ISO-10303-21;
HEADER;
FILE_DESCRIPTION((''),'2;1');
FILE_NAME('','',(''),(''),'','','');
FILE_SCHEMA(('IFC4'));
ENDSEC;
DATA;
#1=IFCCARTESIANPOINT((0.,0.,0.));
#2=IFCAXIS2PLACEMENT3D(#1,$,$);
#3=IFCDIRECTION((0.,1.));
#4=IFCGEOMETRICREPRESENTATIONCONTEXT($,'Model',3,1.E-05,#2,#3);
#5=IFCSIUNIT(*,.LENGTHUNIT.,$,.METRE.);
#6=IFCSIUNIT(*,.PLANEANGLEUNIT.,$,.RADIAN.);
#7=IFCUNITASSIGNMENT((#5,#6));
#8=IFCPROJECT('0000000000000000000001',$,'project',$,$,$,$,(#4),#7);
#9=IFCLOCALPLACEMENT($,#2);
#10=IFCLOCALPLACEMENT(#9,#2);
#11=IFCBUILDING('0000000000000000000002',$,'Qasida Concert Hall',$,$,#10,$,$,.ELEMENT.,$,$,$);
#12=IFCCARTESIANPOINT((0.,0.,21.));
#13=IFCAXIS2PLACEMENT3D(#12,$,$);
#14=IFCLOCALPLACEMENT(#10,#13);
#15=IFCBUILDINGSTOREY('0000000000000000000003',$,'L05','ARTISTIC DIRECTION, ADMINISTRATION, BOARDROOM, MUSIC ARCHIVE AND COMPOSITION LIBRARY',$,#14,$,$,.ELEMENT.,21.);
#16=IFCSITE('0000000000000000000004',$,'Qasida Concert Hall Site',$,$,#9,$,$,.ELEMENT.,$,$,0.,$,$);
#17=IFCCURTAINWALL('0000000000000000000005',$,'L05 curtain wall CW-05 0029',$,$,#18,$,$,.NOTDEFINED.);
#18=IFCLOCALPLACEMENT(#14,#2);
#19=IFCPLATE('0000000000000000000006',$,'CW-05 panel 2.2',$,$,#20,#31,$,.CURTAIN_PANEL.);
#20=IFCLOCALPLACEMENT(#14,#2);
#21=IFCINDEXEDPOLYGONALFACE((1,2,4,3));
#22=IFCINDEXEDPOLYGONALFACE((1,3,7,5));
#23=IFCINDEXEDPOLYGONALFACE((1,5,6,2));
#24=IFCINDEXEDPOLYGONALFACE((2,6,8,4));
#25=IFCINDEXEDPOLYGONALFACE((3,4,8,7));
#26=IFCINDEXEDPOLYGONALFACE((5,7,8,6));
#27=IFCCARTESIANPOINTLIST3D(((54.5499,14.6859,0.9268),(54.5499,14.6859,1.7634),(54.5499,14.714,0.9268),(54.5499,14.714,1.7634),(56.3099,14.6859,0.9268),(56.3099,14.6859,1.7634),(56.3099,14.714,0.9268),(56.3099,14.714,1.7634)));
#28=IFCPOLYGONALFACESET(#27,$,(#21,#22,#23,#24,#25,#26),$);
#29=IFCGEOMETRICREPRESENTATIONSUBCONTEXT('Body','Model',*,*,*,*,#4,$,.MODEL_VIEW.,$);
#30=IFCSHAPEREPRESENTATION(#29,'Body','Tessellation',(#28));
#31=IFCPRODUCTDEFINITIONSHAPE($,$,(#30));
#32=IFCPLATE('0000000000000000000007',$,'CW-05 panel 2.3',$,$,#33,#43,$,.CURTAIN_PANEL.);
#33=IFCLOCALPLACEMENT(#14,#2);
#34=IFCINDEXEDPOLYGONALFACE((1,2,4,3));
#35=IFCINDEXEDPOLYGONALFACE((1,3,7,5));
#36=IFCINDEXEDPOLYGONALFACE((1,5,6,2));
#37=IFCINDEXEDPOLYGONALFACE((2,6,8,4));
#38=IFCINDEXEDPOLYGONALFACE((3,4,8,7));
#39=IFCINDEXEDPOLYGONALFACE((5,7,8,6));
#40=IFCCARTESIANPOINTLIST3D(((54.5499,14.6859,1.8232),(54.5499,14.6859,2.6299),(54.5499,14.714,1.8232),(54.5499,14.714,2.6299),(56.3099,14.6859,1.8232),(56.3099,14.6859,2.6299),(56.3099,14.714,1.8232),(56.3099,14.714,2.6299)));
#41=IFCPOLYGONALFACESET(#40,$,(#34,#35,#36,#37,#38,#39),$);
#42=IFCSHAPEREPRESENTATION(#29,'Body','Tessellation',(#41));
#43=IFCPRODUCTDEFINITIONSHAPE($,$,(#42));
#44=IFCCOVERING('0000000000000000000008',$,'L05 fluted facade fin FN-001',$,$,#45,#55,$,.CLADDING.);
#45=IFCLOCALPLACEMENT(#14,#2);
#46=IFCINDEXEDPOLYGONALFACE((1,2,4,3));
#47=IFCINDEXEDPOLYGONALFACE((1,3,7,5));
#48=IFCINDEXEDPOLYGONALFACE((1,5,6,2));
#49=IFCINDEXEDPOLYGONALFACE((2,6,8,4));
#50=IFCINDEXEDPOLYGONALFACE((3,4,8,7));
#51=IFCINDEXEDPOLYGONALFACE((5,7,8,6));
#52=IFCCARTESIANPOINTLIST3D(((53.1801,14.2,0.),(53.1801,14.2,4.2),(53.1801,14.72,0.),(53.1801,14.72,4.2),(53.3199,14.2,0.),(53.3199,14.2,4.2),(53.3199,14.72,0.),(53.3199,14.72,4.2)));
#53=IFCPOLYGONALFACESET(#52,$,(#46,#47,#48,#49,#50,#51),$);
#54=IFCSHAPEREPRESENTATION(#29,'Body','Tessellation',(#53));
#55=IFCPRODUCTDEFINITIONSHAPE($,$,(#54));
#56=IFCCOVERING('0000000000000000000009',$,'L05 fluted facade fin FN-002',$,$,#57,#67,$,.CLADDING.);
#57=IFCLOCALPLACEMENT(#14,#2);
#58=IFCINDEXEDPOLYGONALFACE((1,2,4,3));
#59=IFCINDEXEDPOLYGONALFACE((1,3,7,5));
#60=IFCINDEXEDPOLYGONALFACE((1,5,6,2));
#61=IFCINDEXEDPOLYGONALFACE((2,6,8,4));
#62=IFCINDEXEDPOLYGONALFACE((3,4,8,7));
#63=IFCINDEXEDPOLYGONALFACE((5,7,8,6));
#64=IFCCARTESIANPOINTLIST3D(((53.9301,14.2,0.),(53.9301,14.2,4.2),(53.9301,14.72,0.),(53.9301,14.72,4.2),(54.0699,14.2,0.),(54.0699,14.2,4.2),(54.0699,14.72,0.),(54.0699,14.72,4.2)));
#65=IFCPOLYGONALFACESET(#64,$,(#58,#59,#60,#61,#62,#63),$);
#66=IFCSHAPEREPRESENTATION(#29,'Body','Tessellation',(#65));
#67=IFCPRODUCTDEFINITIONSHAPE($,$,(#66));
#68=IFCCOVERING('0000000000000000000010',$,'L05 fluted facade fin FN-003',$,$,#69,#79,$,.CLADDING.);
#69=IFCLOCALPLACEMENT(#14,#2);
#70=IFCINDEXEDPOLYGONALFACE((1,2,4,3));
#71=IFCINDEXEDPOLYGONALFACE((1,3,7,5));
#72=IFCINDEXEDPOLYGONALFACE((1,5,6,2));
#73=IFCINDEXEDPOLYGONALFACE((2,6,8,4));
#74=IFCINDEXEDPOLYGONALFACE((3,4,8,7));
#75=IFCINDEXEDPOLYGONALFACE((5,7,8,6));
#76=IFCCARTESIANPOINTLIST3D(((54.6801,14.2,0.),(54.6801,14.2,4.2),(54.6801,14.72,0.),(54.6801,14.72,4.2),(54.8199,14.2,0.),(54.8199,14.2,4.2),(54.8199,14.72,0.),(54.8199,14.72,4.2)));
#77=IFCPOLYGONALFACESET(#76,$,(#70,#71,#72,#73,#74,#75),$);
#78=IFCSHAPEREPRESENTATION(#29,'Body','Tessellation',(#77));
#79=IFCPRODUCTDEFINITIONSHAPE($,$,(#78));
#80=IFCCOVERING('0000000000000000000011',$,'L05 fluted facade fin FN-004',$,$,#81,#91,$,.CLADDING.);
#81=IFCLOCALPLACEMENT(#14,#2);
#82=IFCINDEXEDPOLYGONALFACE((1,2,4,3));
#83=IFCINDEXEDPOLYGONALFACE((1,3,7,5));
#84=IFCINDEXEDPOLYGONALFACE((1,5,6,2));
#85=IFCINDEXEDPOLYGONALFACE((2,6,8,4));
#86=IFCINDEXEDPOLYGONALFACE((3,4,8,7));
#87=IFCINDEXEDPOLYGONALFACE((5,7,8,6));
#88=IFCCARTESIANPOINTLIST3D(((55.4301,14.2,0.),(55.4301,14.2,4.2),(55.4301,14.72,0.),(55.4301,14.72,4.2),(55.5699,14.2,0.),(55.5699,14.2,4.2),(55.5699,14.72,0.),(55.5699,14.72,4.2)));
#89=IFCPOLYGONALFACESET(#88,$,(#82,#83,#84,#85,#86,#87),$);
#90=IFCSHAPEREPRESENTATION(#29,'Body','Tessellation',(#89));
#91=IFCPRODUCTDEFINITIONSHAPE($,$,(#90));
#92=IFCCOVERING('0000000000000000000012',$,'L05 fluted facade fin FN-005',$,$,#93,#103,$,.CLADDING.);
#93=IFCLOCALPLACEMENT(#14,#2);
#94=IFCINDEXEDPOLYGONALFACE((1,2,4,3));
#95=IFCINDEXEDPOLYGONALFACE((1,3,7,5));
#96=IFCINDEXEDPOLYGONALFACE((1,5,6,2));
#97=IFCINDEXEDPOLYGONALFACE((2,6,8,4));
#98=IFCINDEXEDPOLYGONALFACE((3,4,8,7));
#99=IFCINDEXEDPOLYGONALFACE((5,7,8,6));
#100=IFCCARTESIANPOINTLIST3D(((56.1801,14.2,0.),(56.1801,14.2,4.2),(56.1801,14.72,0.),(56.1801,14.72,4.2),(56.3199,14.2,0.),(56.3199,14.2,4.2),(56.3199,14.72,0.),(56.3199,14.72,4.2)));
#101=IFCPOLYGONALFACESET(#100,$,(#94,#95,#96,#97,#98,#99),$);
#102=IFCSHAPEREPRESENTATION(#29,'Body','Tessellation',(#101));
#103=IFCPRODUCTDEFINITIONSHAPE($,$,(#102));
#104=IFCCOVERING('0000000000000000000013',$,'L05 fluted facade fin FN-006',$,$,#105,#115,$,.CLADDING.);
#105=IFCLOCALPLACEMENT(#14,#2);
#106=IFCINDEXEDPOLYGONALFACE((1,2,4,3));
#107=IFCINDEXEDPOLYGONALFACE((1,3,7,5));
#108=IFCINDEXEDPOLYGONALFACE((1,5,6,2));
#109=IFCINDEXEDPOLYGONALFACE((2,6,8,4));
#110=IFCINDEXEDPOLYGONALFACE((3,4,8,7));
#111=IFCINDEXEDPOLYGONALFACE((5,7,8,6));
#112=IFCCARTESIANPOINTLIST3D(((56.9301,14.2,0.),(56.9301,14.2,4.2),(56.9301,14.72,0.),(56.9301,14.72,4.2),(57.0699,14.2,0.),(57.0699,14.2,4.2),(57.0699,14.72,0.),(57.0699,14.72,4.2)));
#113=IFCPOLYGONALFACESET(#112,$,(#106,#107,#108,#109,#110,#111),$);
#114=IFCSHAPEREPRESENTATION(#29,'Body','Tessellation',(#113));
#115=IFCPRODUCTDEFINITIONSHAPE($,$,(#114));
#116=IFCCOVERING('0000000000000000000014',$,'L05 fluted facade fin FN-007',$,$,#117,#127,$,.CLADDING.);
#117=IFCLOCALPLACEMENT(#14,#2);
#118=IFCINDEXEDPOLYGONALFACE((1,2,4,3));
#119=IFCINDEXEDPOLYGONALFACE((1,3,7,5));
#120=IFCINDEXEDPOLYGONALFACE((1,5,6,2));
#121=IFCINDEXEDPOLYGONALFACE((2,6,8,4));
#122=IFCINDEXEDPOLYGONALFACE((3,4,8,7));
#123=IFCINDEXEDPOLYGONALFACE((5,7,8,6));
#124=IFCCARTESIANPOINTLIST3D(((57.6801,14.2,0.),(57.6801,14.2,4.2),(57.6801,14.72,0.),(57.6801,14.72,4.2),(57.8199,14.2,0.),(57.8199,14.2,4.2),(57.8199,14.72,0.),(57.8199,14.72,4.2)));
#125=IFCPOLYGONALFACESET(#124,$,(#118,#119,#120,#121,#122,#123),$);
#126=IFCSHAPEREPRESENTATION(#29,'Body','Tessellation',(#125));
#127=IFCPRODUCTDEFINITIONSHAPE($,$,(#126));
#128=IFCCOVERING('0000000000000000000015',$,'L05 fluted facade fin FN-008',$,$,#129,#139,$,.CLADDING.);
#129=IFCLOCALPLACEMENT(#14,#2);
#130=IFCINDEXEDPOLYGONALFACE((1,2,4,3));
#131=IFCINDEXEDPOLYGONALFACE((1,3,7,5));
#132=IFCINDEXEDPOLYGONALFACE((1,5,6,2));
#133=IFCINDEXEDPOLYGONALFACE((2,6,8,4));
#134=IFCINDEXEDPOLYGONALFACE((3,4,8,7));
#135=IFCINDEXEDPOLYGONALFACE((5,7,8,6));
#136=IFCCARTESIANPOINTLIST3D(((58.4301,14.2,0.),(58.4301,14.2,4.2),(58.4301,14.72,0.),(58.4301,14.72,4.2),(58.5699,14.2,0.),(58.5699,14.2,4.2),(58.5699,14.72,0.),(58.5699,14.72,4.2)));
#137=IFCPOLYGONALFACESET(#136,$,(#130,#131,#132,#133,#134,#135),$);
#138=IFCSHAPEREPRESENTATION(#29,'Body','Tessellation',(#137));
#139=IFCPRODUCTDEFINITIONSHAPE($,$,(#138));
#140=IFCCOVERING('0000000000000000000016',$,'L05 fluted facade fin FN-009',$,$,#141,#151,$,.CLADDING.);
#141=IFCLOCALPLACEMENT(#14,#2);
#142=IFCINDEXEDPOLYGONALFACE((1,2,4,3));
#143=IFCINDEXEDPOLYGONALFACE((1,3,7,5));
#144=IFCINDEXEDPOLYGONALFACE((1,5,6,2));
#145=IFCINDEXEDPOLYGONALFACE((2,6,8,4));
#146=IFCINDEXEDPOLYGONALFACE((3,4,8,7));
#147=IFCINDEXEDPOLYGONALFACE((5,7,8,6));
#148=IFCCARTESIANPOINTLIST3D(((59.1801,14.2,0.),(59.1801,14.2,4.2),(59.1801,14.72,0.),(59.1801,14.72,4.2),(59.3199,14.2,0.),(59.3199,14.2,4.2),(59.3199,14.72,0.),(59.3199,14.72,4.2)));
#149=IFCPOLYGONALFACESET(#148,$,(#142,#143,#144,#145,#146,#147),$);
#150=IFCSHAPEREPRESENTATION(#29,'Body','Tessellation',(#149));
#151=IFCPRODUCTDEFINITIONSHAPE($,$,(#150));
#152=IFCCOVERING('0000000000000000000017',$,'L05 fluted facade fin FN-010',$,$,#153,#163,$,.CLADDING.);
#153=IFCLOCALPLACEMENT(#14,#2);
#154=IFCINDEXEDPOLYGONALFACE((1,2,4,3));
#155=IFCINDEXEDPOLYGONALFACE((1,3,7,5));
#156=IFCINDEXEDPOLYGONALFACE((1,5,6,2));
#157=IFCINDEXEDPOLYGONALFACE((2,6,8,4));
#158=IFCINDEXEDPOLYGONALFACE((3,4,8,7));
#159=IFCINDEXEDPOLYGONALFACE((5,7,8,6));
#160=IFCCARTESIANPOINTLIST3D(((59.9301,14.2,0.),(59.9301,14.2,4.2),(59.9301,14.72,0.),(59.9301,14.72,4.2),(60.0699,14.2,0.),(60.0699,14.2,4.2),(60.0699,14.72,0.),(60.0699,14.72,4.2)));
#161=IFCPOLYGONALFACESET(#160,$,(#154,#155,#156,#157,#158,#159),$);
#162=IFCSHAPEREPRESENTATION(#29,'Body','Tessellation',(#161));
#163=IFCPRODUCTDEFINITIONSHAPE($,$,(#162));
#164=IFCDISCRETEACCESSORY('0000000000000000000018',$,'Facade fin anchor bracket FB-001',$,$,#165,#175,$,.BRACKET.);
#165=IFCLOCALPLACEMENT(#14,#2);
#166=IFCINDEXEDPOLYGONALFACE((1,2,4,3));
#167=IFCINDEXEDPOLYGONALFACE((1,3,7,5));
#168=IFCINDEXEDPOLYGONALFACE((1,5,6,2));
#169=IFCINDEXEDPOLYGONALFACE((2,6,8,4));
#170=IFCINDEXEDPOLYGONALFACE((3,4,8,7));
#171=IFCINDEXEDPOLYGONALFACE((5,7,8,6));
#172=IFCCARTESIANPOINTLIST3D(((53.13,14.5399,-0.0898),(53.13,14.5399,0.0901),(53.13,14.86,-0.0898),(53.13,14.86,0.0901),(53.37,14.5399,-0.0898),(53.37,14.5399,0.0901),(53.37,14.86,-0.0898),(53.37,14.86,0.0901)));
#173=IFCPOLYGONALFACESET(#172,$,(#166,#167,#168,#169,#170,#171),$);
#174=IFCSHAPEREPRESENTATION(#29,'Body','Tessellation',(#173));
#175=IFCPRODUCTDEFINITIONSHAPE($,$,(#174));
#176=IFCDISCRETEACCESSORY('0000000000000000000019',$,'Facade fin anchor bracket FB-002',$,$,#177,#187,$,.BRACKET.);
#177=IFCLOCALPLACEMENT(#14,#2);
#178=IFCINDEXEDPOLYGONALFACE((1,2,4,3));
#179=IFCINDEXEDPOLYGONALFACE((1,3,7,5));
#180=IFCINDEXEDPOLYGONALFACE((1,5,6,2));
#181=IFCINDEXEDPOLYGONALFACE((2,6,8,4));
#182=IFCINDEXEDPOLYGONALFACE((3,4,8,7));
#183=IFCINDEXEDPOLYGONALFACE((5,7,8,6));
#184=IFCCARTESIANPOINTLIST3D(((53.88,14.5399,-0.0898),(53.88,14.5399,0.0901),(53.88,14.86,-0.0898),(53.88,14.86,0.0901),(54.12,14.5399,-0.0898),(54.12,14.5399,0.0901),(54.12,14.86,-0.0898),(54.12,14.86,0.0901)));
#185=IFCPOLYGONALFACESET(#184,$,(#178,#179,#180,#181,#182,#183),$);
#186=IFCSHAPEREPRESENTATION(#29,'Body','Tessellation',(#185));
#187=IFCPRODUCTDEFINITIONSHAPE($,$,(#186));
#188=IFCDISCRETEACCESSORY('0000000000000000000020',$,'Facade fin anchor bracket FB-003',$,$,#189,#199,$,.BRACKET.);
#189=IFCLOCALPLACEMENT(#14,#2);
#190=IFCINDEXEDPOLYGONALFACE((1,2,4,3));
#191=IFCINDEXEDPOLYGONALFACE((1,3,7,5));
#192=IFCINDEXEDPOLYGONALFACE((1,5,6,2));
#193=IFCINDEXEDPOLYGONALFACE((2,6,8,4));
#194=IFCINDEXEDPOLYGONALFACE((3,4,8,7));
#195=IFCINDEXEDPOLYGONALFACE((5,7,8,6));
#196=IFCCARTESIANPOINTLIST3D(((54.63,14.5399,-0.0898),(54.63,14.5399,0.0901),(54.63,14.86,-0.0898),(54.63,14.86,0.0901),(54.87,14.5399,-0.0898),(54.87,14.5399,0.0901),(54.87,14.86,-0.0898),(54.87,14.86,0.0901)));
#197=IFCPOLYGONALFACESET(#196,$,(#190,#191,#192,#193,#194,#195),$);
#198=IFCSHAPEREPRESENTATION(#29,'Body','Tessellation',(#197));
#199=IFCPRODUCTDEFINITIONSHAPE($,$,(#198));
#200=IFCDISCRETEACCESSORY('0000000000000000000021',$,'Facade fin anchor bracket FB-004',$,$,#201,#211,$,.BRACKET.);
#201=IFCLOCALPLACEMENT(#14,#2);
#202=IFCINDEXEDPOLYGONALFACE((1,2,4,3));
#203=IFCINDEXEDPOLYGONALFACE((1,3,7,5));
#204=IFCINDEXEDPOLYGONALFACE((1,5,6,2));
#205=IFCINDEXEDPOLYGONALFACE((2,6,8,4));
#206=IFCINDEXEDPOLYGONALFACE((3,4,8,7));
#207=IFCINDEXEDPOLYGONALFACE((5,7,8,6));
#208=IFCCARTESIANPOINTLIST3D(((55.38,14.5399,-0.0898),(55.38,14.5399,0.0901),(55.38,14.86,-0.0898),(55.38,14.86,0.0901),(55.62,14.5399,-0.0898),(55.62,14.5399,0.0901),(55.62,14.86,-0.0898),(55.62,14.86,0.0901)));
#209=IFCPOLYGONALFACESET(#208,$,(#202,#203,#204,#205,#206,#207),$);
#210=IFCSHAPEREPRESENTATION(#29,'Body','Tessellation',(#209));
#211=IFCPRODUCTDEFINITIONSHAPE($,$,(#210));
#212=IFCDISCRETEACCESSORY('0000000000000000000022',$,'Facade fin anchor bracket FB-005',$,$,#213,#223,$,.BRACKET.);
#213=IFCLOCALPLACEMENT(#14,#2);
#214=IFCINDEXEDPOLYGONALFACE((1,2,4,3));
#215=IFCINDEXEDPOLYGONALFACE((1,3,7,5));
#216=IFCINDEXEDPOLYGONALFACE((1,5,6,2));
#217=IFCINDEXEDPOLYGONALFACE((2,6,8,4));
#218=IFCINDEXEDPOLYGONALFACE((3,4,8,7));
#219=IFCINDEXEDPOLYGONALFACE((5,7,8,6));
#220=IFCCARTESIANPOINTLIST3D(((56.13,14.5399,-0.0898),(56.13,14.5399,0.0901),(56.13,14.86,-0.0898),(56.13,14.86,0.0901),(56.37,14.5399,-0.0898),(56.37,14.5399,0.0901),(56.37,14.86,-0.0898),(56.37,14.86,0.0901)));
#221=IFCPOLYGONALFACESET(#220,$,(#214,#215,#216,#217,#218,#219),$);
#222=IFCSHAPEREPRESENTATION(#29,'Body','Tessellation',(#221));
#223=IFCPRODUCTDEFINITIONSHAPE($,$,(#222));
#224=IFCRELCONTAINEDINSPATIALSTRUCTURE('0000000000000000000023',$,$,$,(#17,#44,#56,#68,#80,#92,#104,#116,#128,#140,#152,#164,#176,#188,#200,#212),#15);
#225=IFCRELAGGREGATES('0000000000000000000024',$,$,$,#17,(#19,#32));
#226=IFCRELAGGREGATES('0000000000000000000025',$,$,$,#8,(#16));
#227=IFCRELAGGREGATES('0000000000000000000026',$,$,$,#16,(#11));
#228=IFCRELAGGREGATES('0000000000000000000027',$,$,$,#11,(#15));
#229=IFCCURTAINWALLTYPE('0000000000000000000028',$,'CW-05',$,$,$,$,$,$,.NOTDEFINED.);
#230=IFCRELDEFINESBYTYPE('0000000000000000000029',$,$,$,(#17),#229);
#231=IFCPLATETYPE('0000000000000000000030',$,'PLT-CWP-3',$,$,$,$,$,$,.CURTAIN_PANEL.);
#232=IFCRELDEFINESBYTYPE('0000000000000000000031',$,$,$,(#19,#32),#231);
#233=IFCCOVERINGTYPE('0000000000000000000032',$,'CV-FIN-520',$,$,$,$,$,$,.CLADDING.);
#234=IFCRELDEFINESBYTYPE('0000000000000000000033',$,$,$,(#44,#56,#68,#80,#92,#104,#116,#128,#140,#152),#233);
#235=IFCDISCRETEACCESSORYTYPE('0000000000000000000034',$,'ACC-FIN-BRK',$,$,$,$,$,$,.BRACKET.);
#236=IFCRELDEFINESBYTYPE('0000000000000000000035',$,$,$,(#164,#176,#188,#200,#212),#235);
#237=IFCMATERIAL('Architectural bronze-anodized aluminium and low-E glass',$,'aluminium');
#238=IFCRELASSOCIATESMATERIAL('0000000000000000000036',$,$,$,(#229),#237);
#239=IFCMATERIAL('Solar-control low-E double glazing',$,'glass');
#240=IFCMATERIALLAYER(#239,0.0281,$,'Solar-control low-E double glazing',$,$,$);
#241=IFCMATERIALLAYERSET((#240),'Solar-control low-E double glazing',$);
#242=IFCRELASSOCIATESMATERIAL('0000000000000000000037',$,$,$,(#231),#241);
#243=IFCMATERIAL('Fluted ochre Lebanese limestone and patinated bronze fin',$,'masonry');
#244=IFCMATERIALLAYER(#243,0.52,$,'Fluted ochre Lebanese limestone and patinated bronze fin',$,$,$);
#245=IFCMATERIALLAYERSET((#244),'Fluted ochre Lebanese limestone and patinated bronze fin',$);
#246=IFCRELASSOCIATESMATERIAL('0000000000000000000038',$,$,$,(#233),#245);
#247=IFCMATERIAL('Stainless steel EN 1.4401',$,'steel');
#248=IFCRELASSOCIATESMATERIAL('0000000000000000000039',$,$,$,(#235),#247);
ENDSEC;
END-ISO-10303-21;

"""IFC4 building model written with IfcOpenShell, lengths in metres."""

from ifc_helpers import new_model, si_unit, direction, frame, origin, origin_2d, place, context, subcontext, project, spatial, rectangle, extrude, material, layer, layer_set, type_object, element, aggregate, save


model = new_model("IFC4")

# Units and contexts
model_context = context("Model", 3, precision=1e-05, world=origin(), true_north=direction((0.0, 1.0)))
body_context = subcontext(model_context, "Body", "Model", "MODEL_VIEW")
ifc_project = project(units=[si_unit("LENGTHUNIT", "METRE"), si_unit("PLANEANGLEUNIT", "RADIAN")], contexts=[model_context])

# Site, building, storey
site_placement = place(None, origin())
site = spatial("IfcSite", under=ifc_project, at=site_placement, Name="Qasida Concert Hall Site", CompositionType="ELEMENT", RefElevation=0.0)
building_placement = place(site_placement, origin())
building = spatial("IfcBuilding", under=site, at=building_placement, Name="Qasida Concert Hall", CompositionType="ELEMENT")
storey_placement = place(building_placement, frame((0.0, 0.0, 21.0)))
storey = spatial("IfcBuildingStorey", under=building, at=storey_placement, Name="L05", Description="ARTISTIC DIRECTION, ADMINISTRATION, BOARDROOM, MUSIC ARCHIVE AND COMPOSITION LIBRARY", CompositionType="ELEMENT", Elevation=21.0)

# Curtain wall, plates
ifc_material_1 = material(Name="Architectural bronze-anodized aluminium and low-E glass", Category="aluminium")
curtain_wall_type = type_object("IfcCurtainWallType", Name="CW-05", PredefinedType="NOTDEFINED", material=ifc_material_1)
curtain_wall_placement = place(storey_placement, origin())
curtain_wall = element("IfcCurtainWall", 1, at=curtain_wall_placement, inside=storey, type_object=curtain_wall_type, Name="L05 curtain wall CW-05 0029", PredefinedType="NOTDEFINED")
ifc_material_2 = material(Name="Solar-control low-E double glazing", Category="glass")
ifc_layer_1 = layer(ifc_material_2, 0.0281, Name="Solar-control low-E double glazing")
ifc_layer_set_1 = layer_set([ifc_layer_1], Name="Solar-control low-E double glazing")
plate_type = type_object("IfcPlateType", Name="PLT-CWP-3", PredefinedType="CURTAIN_PANEL", material=ifc_layer_set_1)
plate_1_placement = place(storey_placement, frame((55.4299, 14.7, 0.9268), z_axis=(0.0, 0.0, 1.0), x_axis=(1.0, 0.0, 0.0)))
plate_1 = element("IfcPlate", 2, at=plate_1_placement, type_object=plate_type, Name="CW-05 panel 2.2", PredefinedType="CURTAIN_PANEL", context=body_context, shape_type="SweptSolid", body=[
    extrude(rectangle(XDim=1.76, YDim=0.0281, at=origin_2d()), origin(), (0.0, 0.0, 1.0), 0.8367),
])
plate_2_placement = place(storey_placement, frame((55.4299, 14.7, 1.8232), z_axis=(0.0, 0.0, 1.0), x_axis=(1.0, 0.0, 0.0)))
plate_2 = element("IfcPlate", 3, at=plate_2_placement, type_object=plate_type, Name="CW-05 panel 2.3", PredefinedType="CURTAIN_PANEL", context=body_context, shape_type="SweptSolid", body=[
    extrude(rectangle(XDim=1.76, YDim=0.0281, at=origin_2d()), origin(), (0.0, 0.0, 1.0), 0.8066),
])
aggregate(curtain_wall, [plate_1, plate_2])

# Coverings
ifc_material_3 = material(Name="Fluted ochre Lebanese limestone and patinated bronze fin", Category="masonry")
ifc_layer_2 = layer(ifc_material_3, 0.52, Name="Fluted ochre Lebanese limestone and patinated bronze fin")
ifc_layer_set_2 = layer_set([ifc_layer_2], Name="Fluted ochre Lebanese limestone and patinated bronze fin")
covering_type = type_object("IfcCoveringType", Name="CV-FIN-520", PredefinedType="CLADDING", material=ifc_layer_set_2)
for number, where, z_axis, x_axis, name in (
    (4, (53.25, 14.46, 0.0), (0.0, 0.0, 1.0), (1.0, 0.0, 0.0), "L05 fluted facade fin FN-001"),
    (5, (54.0, 14.46, 0.0), (0.0, 0.0, 1.0), (1.0, 0.0, 0.0), "L05 fluted facade fin FN-002"),
    (6, (54.75, 14.46, 0.0), (0.0, 0.0, 1.0), (1.0, 0.0, 0.0), "L05 fluted facade fin FN-003"),
    (7, (55.5, 14.46, 0.0), (0.0, 0.0, 1.0), (1.0, 0.0, 0.0), "L05 fluted facade fin FN-004"),
    (8, (56.25, 14.46, 0.0), (0.0, 0.0, 1.0), (1.0, 0.0, 0.0), "L05 fluted facade fin FN-005"),
    (9, (57.0, 14.46, 0.0), (0.0, 0.0, 1.0), (1.0, 0.0, 0.0), "L05 fluted facade fin FN-006"),
    (10, (57.75, 14.46, 0.0), (0.0, 0.0, 1.0), (1.0, 0.0, 0.0), "L05 fluted facade fin FN-007"),
    (11, (58.5, 14.46, 0.0), (0.0, 0.0, 1.0), (1.0, 0.0, 0.0), "L05 fluted facade fin FN-008"),
    (12, (59.25, 14.46, 0.0), (0.0, 0.0, 1.0), (1.0, 0.0, 0.0), "L05 fluted facade fin FN-009"),
    (13, (60.0, 14.46, 0.0), (0.0, 0.0, 1.0), (1.0, 0.0, 0.0), "L05 fluted facade fin FN-010"),
):
    element("IfcCovering", number, at=place(storey_placement, frame(where, z_axis=z_axis, x_axis=x_axis)), inside=storey, type_object=covering_type, Name=name, PredefinedType="CLADDING", context=body_context, shape_type="SweptSolid", body=[
        extrude(rectangle(XDim=0.1399, YDim=0.52, at=origin_2d()), origin(), (0.0, 0.0, 1.0), 4.2),
    ])

# Discrete accessories
ifc_material_4 = material(Name="Stainless steel EN 1.4401", Category="steel")
discrete_accessory_type = type_object("IfcDiscreteAccessoryType", Name="ACC-FIN-BRK", PredefinedType="BRACKET", material=ifc_material_4)
for number, where, z_axis, x_axis, name in (
    (14, (53.25, 14.7, -0.0898), (0.0, 0.0, 1.0), (1.0, 0.0, 0.0), "Facade fin anchor bracket FB-001"),
    (15, (54.0, 14.7, -0.0898), (0.0, 0.0, 1.0), (1.0, 0.0, 0.0), "Facade fin anchor bracket FB-002"),
    (16, (54.75, 14.7, -0.0898), (0.0, 0.0, 1.0), (1.0, 0.0, 0.0), "Facade fin anchor bracket FB-003"),
    (17, (55.5, 14.7, -0.0898), (0.0, 0.0, 1.0), (1.0, 0.0, 0.0), "Facade fin anchor bracket FB-004"),
    (18, (56.25, 14.7, -0.0898), (0.0, 0.0, 1.0), (1.0, 0.0, 0.0), "Facade fin anchor bracket FB-005"),
):
    element("IfcDiscreteAccessory", number, at=place(storey_placement, frame(where, z_axis=z_axis, x_axis=x_axis)), inside=storey, type_object=discrete_accessory_type, Name=name, PredefinedType="BRACKET", context=body_context, shape_type="SweptSolid", body=[
        extrude(rectangle(XDim=0.24, YDim=0.3201, at=origin_2d()), origin(), (0.0, 0.0, 1.0), 0.1799),
    ])

save(model, "model.ifc")
